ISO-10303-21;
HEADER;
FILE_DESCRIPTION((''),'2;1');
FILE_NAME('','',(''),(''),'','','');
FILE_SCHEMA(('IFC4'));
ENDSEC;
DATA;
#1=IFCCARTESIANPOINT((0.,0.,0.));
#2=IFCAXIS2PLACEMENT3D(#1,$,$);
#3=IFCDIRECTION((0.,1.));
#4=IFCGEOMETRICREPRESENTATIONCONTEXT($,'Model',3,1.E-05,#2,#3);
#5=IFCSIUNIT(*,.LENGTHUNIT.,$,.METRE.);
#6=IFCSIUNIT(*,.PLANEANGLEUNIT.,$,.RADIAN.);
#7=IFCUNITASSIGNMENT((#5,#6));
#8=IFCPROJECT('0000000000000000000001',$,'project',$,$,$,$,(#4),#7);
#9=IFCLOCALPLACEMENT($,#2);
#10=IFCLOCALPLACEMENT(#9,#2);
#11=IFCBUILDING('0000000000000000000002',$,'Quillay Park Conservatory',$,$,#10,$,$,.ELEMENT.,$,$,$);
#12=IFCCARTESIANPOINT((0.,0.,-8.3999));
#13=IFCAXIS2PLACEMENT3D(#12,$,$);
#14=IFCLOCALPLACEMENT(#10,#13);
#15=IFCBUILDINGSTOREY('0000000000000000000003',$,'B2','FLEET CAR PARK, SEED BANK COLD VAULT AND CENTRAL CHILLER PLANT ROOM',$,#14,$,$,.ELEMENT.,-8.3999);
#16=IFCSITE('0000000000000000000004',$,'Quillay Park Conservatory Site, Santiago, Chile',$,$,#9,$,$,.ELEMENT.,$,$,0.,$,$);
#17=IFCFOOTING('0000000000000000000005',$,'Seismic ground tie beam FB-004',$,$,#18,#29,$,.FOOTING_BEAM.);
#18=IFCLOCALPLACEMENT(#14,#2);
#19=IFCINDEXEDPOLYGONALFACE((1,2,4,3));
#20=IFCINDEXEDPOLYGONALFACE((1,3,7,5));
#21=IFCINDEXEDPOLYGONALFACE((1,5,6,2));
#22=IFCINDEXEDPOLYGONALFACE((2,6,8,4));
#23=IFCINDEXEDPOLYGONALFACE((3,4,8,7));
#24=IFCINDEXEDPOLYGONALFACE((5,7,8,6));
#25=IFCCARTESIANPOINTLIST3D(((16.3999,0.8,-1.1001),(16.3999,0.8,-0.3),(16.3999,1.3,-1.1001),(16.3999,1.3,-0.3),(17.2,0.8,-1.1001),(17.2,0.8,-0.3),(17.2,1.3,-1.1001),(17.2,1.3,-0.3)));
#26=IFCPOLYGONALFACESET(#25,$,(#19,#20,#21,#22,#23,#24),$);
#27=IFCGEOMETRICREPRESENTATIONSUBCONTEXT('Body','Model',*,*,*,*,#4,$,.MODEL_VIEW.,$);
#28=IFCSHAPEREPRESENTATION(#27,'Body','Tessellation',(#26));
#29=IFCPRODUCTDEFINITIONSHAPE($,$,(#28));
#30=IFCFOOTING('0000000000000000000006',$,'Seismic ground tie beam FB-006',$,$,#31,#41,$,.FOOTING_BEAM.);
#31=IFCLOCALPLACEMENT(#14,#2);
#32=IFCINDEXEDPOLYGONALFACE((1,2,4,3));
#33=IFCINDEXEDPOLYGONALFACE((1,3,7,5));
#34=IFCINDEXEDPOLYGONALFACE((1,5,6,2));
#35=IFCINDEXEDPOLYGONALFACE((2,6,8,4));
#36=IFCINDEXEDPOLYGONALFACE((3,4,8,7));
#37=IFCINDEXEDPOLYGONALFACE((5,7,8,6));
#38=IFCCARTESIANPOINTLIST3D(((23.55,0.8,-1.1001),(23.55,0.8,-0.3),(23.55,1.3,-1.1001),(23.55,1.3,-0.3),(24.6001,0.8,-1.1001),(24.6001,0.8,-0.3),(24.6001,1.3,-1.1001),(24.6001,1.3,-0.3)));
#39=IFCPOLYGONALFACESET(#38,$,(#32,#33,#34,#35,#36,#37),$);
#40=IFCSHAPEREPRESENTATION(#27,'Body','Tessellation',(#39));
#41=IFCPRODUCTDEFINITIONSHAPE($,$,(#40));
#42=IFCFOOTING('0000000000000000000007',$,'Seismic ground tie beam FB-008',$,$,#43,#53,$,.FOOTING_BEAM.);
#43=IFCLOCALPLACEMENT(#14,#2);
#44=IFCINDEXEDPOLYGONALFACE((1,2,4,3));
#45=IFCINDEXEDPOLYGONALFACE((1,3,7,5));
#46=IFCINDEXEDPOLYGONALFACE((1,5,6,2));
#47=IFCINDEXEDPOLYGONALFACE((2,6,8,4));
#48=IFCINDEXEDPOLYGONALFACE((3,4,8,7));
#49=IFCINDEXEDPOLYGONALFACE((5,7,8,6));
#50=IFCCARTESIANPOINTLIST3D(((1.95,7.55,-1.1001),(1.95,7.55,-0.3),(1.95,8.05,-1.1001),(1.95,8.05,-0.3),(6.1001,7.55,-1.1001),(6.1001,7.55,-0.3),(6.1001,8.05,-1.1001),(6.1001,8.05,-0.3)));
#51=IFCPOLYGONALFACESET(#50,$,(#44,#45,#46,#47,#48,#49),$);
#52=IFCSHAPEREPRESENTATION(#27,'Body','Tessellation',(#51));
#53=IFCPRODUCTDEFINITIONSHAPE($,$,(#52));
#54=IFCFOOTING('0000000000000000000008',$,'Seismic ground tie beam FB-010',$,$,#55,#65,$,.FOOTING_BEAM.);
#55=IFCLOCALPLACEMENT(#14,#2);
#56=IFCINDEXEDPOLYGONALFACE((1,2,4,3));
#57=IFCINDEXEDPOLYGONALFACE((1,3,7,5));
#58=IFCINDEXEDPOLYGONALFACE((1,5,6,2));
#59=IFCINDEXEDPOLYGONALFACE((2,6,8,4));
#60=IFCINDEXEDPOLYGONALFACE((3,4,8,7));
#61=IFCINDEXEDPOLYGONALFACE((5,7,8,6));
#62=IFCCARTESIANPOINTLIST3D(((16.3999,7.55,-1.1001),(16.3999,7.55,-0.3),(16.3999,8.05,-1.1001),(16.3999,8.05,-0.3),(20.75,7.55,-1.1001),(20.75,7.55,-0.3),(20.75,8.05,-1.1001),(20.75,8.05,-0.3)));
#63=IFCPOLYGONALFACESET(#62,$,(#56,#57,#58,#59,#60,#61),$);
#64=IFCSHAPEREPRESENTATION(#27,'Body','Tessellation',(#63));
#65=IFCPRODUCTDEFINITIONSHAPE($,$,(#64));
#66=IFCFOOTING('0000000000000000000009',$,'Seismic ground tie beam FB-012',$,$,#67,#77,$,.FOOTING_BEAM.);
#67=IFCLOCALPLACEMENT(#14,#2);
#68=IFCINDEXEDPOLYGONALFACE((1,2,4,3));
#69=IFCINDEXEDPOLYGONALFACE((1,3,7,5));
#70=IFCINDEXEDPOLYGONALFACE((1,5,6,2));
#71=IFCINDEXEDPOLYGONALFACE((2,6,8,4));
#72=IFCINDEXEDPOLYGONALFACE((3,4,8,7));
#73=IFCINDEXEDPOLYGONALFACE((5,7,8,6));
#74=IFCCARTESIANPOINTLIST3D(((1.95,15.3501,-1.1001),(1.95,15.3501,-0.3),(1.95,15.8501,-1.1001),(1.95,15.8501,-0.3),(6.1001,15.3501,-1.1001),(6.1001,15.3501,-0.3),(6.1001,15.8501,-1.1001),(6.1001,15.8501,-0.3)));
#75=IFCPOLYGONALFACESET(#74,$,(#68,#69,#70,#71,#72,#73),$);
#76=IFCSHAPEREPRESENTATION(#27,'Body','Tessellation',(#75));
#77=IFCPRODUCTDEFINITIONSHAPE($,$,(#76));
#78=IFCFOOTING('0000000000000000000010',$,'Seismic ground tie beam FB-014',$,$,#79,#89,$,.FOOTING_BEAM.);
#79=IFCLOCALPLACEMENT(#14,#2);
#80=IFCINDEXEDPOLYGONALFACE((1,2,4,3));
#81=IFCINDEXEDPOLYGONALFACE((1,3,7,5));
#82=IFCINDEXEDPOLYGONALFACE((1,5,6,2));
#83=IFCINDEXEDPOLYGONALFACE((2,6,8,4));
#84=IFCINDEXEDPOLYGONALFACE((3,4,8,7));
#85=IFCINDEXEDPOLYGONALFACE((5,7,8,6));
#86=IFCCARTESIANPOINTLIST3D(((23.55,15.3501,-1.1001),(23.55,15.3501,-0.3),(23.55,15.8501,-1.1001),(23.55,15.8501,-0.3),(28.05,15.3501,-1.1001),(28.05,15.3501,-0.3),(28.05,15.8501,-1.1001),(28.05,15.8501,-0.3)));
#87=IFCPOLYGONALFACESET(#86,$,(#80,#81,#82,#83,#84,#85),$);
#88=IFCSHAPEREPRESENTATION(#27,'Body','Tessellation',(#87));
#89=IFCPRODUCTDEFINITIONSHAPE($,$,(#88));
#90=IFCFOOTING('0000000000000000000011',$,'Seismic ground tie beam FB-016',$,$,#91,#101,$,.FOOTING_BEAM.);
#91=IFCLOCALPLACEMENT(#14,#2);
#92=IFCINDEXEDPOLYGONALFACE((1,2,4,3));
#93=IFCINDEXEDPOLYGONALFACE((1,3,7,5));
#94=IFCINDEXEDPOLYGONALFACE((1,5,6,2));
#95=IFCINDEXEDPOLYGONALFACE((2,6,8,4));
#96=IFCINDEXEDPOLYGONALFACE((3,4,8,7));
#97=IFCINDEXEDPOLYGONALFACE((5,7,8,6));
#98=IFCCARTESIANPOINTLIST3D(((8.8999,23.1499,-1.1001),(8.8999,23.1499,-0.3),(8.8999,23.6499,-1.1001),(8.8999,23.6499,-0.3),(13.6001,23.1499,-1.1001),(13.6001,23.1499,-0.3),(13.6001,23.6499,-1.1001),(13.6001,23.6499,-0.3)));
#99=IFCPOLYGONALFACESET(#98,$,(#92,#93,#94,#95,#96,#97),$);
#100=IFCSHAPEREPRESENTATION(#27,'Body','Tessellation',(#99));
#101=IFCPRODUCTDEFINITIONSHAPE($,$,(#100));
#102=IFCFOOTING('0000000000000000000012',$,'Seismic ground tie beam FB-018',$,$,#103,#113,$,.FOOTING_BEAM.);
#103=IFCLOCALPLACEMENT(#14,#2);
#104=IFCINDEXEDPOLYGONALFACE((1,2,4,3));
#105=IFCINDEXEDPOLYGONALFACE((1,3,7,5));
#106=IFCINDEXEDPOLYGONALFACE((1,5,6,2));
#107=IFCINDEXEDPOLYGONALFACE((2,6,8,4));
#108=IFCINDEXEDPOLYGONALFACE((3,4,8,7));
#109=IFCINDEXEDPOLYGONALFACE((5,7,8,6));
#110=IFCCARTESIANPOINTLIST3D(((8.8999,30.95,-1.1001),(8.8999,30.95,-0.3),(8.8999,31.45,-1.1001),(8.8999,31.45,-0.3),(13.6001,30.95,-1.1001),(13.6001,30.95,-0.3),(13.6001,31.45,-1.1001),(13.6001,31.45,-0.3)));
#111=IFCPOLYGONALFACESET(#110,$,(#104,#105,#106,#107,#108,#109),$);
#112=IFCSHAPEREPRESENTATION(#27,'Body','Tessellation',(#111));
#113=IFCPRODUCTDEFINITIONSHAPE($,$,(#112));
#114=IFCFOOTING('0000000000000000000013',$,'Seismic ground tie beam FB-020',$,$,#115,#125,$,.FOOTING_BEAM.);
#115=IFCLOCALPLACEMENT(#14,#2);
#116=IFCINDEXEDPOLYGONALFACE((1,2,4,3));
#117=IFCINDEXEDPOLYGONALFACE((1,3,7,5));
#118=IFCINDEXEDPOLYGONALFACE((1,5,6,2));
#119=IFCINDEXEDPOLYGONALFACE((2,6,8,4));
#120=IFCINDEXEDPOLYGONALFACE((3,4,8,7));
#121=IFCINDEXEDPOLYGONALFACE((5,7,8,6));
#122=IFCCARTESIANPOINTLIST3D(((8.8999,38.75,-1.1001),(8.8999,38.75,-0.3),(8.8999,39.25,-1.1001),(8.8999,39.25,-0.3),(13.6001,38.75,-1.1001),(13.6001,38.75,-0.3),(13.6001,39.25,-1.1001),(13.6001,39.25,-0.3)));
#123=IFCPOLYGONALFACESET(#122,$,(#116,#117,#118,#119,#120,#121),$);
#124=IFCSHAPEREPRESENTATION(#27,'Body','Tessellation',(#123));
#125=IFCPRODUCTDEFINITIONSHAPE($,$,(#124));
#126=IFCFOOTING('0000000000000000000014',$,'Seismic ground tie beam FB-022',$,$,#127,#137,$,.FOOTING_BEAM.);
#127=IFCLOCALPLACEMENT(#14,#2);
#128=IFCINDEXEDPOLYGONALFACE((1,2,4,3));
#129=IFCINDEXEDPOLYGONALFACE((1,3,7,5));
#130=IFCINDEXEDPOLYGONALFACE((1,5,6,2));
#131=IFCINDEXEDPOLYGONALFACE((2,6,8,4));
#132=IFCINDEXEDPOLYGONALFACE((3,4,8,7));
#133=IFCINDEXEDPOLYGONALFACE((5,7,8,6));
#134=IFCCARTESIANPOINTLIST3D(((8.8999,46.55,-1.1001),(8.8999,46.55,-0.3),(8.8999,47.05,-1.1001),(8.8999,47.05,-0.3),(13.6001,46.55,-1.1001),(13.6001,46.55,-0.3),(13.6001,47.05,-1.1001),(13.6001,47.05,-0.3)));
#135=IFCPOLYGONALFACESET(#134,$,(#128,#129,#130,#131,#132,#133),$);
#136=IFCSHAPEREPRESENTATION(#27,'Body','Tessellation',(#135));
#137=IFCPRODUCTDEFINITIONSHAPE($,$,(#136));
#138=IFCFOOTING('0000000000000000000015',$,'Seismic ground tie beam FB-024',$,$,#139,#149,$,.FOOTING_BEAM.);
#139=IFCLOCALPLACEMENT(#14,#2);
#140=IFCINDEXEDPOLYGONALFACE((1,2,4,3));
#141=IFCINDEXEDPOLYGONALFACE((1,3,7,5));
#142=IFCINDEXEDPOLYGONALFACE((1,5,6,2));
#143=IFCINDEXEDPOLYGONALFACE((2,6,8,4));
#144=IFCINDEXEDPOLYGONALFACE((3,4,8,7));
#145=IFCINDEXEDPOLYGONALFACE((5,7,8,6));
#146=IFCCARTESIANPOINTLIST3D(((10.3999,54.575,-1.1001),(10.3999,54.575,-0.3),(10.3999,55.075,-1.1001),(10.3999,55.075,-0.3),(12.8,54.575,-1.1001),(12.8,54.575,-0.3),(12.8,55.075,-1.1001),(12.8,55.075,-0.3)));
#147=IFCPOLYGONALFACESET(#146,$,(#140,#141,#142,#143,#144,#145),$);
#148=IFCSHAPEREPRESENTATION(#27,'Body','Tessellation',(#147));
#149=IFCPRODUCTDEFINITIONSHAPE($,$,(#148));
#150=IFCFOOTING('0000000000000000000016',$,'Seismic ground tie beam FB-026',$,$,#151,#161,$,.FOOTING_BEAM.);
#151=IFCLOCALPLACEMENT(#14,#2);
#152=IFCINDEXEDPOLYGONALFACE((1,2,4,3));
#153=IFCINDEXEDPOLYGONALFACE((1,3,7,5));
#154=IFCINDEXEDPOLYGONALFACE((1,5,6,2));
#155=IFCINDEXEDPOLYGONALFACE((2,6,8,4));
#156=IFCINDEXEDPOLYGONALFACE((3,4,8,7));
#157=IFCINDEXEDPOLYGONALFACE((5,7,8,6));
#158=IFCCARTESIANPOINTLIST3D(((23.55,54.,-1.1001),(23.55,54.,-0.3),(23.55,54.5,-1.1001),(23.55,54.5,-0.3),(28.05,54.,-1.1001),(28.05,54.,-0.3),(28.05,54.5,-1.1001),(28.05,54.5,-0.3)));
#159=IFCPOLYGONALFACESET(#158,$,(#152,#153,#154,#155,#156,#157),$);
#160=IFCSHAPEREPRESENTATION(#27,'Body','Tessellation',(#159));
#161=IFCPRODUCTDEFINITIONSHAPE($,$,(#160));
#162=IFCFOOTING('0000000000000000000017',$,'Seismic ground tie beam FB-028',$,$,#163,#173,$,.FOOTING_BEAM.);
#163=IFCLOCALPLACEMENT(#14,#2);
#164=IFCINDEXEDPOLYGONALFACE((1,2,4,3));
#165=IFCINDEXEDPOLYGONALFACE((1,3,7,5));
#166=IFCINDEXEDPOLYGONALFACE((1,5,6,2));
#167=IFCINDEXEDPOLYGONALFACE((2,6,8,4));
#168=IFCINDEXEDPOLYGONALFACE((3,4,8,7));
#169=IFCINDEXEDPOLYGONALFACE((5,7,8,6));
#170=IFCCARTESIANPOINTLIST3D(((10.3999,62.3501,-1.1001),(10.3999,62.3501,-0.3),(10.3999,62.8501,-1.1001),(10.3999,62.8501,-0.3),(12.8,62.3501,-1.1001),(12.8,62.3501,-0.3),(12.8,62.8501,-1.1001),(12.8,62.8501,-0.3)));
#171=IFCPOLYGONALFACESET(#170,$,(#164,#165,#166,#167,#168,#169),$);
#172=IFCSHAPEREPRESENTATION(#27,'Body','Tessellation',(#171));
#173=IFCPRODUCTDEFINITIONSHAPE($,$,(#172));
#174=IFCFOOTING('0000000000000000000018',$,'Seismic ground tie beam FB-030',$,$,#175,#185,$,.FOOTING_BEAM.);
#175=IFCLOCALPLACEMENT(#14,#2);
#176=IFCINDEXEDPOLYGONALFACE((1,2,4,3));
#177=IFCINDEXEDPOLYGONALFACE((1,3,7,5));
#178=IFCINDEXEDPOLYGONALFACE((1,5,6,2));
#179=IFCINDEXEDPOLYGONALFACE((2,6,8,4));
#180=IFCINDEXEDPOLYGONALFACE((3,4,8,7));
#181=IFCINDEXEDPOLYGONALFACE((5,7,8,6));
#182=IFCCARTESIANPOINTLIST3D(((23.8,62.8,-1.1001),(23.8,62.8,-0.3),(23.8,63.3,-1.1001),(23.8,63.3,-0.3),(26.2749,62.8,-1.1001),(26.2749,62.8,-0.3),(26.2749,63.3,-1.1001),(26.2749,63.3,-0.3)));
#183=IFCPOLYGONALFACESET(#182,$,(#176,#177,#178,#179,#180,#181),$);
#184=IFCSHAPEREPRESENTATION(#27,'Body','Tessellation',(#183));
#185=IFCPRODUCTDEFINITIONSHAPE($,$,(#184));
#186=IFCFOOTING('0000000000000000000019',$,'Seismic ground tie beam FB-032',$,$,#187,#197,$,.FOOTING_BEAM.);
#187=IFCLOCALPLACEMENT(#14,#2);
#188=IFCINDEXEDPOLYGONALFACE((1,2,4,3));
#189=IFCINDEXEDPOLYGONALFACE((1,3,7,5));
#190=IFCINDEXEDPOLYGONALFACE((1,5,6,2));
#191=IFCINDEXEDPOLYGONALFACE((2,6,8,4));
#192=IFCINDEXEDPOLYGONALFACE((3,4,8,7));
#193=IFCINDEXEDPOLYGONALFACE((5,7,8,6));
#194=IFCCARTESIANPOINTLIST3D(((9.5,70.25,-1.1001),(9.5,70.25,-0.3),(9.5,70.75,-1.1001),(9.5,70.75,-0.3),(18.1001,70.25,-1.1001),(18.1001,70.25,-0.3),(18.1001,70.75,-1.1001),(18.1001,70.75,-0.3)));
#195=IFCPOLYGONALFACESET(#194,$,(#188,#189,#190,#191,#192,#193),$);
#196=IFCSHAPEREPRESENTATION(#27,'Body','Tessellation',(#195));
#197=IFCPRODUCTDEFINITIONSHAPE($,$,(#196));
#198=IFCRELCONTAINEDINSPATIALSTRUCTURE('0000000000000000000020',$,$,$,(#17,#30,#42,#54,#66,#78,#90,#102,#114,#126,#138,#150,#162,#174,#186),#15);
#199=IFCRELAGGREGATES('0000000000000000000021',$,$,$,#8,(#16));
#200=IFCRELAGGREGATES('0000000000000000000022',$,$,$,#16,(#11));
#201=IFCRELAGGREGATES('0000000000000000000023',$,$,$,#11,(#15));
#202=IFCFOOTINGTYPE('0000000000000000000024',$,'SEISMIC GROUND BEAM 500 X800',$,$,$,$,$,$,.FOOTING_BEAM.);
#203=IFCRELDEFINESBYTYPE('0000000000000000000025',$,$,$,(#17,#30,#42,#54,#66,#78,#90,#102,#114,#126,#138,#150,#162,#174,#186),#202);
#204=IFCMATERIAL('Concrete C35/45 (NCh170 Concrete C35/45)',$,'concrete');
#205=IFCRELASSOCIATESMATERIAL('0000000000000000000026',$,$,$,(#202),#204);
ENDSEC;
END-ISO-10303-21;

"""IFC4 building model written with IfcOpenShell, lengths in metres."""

from ifc_helpers import new_model, si_unit, direction, frame, origin, place, context, subcontext, project, spatial, polyline, outline, extrude, material, type_object, element, save


model = new_model("IFC4")

# Units and contexts
model_context = context("Model", 3, precision=1e-05, world=origin(), true_north=direction((0.0, 1.0)))
body_context = subcontext(model_context, "Body", "Model", "MODEL_VIEW")
ifc_project = project(units=[si_unit("LENGTHUNIT", "METRE"), si_unit("PLANEANGLEUNIT", "RADIAN")], contexts=[model_context])

# Site, building, storey
site_placement = place(None, origin())
site = spatial("IfcSite", under=ifc_project, at=site_placement, Name="Quillay Park Conservatory Site, Santiago, Chile", CompositionType="ELEMENT", RefElevation=0.0)
building_placement = place(site_placement, origin())
building = spatial("IfcBuilding", under=site, at=building_placement, Name="Quillay Park Conservatory", CompositionType="ELEMENT")
storey_placement = place(building_placement, frame((0.0, 0.0, -8.3999)))
storey = spatial("IfcBuildingStorey", under=building, at=storey_placement, Name="B2", Description="FLEET CAR PARK, SEED BANK COLD VAULT AND CENTRAL CHILLER PLANT ROOM", CompositionType="ELEMENT", Elevation=-8.3999)

# Footings
ifc_material = material(Name="Concrete C35/45 (NCh170 Concrete C35/45)", Category="concrete")
footing_type = type_object("IfcFootingType", Name="SEISMIC GROUND BEAM 500 X800", PredefinedType="FOOTING_BEAM", material=ifc_material)
footing_1_placement = place(storey_placement, frame((0.0, 0.0, -1.1001)))
element("IfcFooting", 1, at=footing_1_placement, inside=storey, type_object=footing_type, Name="Seismic ground tie beam FB-004", PredefinedType="FOOTING_BEAM", context=body_context, shape_type="SweptSolid", body=[
    extrude(outline(polyline([(16.3999, 0.8), (17.2, 0.8), (17.2, 1.3), (16.3999, 1.3), (16.3999, 0.8)])), origin(), (0.0, 0.0, 1.0), 0.8),
])
footing_2_placement = place(storey_placement, frame((0.0, 0.0, -1.1001)))
element("IfcFooting", 2, at=footing_2_placement, inside=storey, type_object=footing_type, Name="Seismic ground tie beam FB-006", PredefinedType="FOOTING_BEAM", context=body_context, shape_type="SweptSolid", body=[
    extrude(outline(polyline([(23.55, 0.8), (24.6001, 0.8), (24.6001, 1.3), (23.55, 1.3), (23.55, 0.8)])), origin(), (0.0, 0.0, 1.0), 0.8),
])
footing_3_placement = place(storey_placement, frame((0.0, 0.0, -1.1001)))
element("IfcFooting", 3, at=footing_3_placement, inside=storey, type_object=footing_type, Name="Seismic ground tie beam FB-008", PredefinedType="FOOTING_BEAM", context=body_context, shape_type="SweptSolid", body=[
    extrude(outline(polyline([(1.95, 7.55), (6.1001, 7.55), (6.1001, 8.05), (1.95, 8.05), (1.95, 7.55)])), origin(), (0.0, 0.0, 1.0), 0.8),
])
footing_4_placement = place(storey_placement, frame((0.0, 0.0, -1.1001)))
element("IfcFooting", 4, at=footing_4_placement, inside=storey, type_object=footing_type, Name="Seismic ground tie beam FB-010", PredefinedType="FOOTING_BEAM", context=body_context, shape_type="SweptSolid", body=[
    extrude(outline(polyline([(16.3999, 7.55), (20.75, 7.55), (20.75, 8.05), (16.3999, 8.05), (16.3999, 7.55)])), origin(), (0.0, 0.0, 1.0), 0.8),
])
footing_5_placement = place(storey_placement, frame((0.0, 0.0, -1.1001)))
element("IfcFooting", 5, at=footing_5_placement, inside=storey, type_object=footing_type, Name="Seismic ground tie beam FB-012", PredefinedType="FOOTING_BEAM", context=body_context, shape_type="SweptSolid", body=[
    extrude(outline(polyline([(1.95, 15.3501), (6.1001, 15.3501), (6.1001, 15.8501), (1.95, 15.8501), (1.95, 15.3501)])), origin(), (0.0, 0.0, 1.0), 0.8),
])
footing_6_placement = place(storey_placement, frame((0.0, 0.0, -1.1001)))
element("IfcFooting", 6, at=footing_6_placement, inside=storey, type_object=footing_type, Name="Seismic ground tie beam FB-014", PredefinedType="FOOTING_BEAM", context=body_context, shape_type="SweptSolid", body=[
    extrude(outline(polyline([(23.55, 15.3501), (28.05, 15.3501), (28.05, 15.8501), (23.55, 15.8501), (23.55, 15.3501)])), origin(), (0.0, 0.0, 1.0), 0.8),
])
footing_7_placement = place(storey_placement, frame((0.0, 0.0, -1.1001)))
element("IfcFooting", 7, at=footing_7_placement, inside=storey, type_object=footing_type, Name="Seismic ground tie beam FB-016", PredefinedType="FOOTING_BEAM", context=body_context, shape_type="SweptSolid", body=[
    extrude(outline(polyline([(8.8999, 23.1499), (13.6001, 23.1499), (13.6001, 23.6499), (8.8999, 23.6499), (8.8999, 23.1499)])), origin(), (0.0, 0.0, 1.0), 0.8),
])
footing_8_placement = place(storey_placement, frame((0.0, 0.0, -1.1001)))
element("IfcFooting", 8, at=footing_8_placement, inside=storey, type_object=footing_type, Name="Seismic ground tie beam FB-018", PredefinedType="FOOTING_BEAM", context=body_context, shape_type="SweptSolid", body=[
    extrude(outline(polyline([(8.8999, 30.95), (13.6001, 30.95), (13.6001, 31.45), (8.8999, 31.45), (8.8999, 30.95)])), origin(), (0.0, 0.0, 1.0), 0.8),
])
footing_9_placement = place(storey_placement, frame((0.0, 0.0, -1.1001)))
element("IfcFooting", 9, at=footing_9_placement, inside=storey, type_object=footing_type, Name="Seismic ground tie beam FB-020", PredefinedType="FOOTING_BEAM", context=body_context, shape_type="SweptSolid", body=[
    extrude(outline(polyline([(8.8999, 38.75), (13.6001, 38.75), (13.6001, 39.25), (8.8999, 39.25), (8.8999, 38.75)])), origin(), (0.0, 0.0, 1.0), 0.8),
])
footing_10_placement = place(storey_placement, frame((0.0, 0.0, -1.1001)))
element("IfcFooting", 10, at=footing_10_placement, inside=storey, type_object=footing_type, Name="Seismic ground tie beam FB-022", PredefinedType="FOOTING_BEAM", context=body_context, shape_type="SweptSolid", body=[
    extrude(outline(polyline([(8.8999, 46.55), (13.6001, 46.55), (13.6001, 47.05), (8.8999, 47.05), (8.8999, 46.55)])), origin(), (0.0, 0.0, 1.0), 0.8),
])
footing_11_placement = place(storey_placement, frame((0.0, 0.0, -1.1001)))
element("IfcFooting", 11, at=footing_11_placement, inside=storey, type_object=footing_type, Name="Seismic ground tie beam FB-024", PredefinedType="FOOTING_BEAM", context=body_context, shape_type="SweptSolid", body=[
    extrude(outline(polyline([(10.3999, 54.575), (12.8, 54.575), (12.8, 55.075), (10.3999, 55.075), (10.3999, 54.575)])), origin(), (0.0, 0.0, 1.0), 0.8),
])
footing_12_placement = place(storey_placement, frame((0.0, 0.0, -1.1001)))
element("IfcFooting", 12, at=footing_12_placement, inside=storey, type_object=footing_type, Name="Seismic ground tie beam FB-026", PredefinedType="FOOTING_BEAM", context=body_context, shape_type="SweptSolid", body=[
    extrude(outline(polyline([(23.55, 54.0), (28.05, 54.0), (28.05, 54.5), (23.55, 54.5), (23.55, 54.0)])), origin(), (0.0, 0.0, 1.0), 0.8),
])
footing_13_placement = place(storey_placement, frame((0.0, 0.0, -1.1001)))
element("IfcFooting", 13, at=footing_13_placement, inside=storey, type_object=footing_type, Name="Seismic ground tie beam FB-028", PredefinedType="FOOTING_BEAM", context=body_context, shape_type="SweptSolid", body=[
    extrude(outline(polyline([(10.3999, 62.3501), (12.8, 62.3501), (12.8, 62.8501), (10.3999, 62.8501), (10.3999, 62.3501)])), origin(), (0.0, 0.0, 1.0), 0.8),
])
footing_14_placement = place(storey_placement, frame((0.0, 0.0, -1.1001)))
element("IfcFooting", 14, at=footing_14_placement, inside=storey, type_object=footing_type, Name="Seismic ground tie beam FB-030", PredefinedType="FOOTING_BEAM", context=body_context, shape_type="SweptSolid", body=[
    extrude(outline(polyline([(23.8, 62.8), (26.2749, 62.8), (26.2749, 63.3), (23.8, 63.3), (23.8, 62.8)])), origin(), (0.0, 0.0, 1.0), 0.8),
])
footing_15_placement = place(storey_placement, frame((0.0, 0.0, -1.1001)))
element("IfcFooting", 15, at=footing_15_placement, inside=storey, type_object=footing_type, Name="Seismic ground tie beam FB-032", PredefinedType="FOOTING_BEAM", context=body_context, shape_type="SweptSolid", body=[
    extrude(outline(polyline([(9.5, 70.25), (18.1001, 70.25), (18.1001, 70.75), (9.5, 70.75), (9.5, 70.25)])), origin(), (0.0, 0.0, 1.0), 0.8),
])

save(model, "model.ifc")
